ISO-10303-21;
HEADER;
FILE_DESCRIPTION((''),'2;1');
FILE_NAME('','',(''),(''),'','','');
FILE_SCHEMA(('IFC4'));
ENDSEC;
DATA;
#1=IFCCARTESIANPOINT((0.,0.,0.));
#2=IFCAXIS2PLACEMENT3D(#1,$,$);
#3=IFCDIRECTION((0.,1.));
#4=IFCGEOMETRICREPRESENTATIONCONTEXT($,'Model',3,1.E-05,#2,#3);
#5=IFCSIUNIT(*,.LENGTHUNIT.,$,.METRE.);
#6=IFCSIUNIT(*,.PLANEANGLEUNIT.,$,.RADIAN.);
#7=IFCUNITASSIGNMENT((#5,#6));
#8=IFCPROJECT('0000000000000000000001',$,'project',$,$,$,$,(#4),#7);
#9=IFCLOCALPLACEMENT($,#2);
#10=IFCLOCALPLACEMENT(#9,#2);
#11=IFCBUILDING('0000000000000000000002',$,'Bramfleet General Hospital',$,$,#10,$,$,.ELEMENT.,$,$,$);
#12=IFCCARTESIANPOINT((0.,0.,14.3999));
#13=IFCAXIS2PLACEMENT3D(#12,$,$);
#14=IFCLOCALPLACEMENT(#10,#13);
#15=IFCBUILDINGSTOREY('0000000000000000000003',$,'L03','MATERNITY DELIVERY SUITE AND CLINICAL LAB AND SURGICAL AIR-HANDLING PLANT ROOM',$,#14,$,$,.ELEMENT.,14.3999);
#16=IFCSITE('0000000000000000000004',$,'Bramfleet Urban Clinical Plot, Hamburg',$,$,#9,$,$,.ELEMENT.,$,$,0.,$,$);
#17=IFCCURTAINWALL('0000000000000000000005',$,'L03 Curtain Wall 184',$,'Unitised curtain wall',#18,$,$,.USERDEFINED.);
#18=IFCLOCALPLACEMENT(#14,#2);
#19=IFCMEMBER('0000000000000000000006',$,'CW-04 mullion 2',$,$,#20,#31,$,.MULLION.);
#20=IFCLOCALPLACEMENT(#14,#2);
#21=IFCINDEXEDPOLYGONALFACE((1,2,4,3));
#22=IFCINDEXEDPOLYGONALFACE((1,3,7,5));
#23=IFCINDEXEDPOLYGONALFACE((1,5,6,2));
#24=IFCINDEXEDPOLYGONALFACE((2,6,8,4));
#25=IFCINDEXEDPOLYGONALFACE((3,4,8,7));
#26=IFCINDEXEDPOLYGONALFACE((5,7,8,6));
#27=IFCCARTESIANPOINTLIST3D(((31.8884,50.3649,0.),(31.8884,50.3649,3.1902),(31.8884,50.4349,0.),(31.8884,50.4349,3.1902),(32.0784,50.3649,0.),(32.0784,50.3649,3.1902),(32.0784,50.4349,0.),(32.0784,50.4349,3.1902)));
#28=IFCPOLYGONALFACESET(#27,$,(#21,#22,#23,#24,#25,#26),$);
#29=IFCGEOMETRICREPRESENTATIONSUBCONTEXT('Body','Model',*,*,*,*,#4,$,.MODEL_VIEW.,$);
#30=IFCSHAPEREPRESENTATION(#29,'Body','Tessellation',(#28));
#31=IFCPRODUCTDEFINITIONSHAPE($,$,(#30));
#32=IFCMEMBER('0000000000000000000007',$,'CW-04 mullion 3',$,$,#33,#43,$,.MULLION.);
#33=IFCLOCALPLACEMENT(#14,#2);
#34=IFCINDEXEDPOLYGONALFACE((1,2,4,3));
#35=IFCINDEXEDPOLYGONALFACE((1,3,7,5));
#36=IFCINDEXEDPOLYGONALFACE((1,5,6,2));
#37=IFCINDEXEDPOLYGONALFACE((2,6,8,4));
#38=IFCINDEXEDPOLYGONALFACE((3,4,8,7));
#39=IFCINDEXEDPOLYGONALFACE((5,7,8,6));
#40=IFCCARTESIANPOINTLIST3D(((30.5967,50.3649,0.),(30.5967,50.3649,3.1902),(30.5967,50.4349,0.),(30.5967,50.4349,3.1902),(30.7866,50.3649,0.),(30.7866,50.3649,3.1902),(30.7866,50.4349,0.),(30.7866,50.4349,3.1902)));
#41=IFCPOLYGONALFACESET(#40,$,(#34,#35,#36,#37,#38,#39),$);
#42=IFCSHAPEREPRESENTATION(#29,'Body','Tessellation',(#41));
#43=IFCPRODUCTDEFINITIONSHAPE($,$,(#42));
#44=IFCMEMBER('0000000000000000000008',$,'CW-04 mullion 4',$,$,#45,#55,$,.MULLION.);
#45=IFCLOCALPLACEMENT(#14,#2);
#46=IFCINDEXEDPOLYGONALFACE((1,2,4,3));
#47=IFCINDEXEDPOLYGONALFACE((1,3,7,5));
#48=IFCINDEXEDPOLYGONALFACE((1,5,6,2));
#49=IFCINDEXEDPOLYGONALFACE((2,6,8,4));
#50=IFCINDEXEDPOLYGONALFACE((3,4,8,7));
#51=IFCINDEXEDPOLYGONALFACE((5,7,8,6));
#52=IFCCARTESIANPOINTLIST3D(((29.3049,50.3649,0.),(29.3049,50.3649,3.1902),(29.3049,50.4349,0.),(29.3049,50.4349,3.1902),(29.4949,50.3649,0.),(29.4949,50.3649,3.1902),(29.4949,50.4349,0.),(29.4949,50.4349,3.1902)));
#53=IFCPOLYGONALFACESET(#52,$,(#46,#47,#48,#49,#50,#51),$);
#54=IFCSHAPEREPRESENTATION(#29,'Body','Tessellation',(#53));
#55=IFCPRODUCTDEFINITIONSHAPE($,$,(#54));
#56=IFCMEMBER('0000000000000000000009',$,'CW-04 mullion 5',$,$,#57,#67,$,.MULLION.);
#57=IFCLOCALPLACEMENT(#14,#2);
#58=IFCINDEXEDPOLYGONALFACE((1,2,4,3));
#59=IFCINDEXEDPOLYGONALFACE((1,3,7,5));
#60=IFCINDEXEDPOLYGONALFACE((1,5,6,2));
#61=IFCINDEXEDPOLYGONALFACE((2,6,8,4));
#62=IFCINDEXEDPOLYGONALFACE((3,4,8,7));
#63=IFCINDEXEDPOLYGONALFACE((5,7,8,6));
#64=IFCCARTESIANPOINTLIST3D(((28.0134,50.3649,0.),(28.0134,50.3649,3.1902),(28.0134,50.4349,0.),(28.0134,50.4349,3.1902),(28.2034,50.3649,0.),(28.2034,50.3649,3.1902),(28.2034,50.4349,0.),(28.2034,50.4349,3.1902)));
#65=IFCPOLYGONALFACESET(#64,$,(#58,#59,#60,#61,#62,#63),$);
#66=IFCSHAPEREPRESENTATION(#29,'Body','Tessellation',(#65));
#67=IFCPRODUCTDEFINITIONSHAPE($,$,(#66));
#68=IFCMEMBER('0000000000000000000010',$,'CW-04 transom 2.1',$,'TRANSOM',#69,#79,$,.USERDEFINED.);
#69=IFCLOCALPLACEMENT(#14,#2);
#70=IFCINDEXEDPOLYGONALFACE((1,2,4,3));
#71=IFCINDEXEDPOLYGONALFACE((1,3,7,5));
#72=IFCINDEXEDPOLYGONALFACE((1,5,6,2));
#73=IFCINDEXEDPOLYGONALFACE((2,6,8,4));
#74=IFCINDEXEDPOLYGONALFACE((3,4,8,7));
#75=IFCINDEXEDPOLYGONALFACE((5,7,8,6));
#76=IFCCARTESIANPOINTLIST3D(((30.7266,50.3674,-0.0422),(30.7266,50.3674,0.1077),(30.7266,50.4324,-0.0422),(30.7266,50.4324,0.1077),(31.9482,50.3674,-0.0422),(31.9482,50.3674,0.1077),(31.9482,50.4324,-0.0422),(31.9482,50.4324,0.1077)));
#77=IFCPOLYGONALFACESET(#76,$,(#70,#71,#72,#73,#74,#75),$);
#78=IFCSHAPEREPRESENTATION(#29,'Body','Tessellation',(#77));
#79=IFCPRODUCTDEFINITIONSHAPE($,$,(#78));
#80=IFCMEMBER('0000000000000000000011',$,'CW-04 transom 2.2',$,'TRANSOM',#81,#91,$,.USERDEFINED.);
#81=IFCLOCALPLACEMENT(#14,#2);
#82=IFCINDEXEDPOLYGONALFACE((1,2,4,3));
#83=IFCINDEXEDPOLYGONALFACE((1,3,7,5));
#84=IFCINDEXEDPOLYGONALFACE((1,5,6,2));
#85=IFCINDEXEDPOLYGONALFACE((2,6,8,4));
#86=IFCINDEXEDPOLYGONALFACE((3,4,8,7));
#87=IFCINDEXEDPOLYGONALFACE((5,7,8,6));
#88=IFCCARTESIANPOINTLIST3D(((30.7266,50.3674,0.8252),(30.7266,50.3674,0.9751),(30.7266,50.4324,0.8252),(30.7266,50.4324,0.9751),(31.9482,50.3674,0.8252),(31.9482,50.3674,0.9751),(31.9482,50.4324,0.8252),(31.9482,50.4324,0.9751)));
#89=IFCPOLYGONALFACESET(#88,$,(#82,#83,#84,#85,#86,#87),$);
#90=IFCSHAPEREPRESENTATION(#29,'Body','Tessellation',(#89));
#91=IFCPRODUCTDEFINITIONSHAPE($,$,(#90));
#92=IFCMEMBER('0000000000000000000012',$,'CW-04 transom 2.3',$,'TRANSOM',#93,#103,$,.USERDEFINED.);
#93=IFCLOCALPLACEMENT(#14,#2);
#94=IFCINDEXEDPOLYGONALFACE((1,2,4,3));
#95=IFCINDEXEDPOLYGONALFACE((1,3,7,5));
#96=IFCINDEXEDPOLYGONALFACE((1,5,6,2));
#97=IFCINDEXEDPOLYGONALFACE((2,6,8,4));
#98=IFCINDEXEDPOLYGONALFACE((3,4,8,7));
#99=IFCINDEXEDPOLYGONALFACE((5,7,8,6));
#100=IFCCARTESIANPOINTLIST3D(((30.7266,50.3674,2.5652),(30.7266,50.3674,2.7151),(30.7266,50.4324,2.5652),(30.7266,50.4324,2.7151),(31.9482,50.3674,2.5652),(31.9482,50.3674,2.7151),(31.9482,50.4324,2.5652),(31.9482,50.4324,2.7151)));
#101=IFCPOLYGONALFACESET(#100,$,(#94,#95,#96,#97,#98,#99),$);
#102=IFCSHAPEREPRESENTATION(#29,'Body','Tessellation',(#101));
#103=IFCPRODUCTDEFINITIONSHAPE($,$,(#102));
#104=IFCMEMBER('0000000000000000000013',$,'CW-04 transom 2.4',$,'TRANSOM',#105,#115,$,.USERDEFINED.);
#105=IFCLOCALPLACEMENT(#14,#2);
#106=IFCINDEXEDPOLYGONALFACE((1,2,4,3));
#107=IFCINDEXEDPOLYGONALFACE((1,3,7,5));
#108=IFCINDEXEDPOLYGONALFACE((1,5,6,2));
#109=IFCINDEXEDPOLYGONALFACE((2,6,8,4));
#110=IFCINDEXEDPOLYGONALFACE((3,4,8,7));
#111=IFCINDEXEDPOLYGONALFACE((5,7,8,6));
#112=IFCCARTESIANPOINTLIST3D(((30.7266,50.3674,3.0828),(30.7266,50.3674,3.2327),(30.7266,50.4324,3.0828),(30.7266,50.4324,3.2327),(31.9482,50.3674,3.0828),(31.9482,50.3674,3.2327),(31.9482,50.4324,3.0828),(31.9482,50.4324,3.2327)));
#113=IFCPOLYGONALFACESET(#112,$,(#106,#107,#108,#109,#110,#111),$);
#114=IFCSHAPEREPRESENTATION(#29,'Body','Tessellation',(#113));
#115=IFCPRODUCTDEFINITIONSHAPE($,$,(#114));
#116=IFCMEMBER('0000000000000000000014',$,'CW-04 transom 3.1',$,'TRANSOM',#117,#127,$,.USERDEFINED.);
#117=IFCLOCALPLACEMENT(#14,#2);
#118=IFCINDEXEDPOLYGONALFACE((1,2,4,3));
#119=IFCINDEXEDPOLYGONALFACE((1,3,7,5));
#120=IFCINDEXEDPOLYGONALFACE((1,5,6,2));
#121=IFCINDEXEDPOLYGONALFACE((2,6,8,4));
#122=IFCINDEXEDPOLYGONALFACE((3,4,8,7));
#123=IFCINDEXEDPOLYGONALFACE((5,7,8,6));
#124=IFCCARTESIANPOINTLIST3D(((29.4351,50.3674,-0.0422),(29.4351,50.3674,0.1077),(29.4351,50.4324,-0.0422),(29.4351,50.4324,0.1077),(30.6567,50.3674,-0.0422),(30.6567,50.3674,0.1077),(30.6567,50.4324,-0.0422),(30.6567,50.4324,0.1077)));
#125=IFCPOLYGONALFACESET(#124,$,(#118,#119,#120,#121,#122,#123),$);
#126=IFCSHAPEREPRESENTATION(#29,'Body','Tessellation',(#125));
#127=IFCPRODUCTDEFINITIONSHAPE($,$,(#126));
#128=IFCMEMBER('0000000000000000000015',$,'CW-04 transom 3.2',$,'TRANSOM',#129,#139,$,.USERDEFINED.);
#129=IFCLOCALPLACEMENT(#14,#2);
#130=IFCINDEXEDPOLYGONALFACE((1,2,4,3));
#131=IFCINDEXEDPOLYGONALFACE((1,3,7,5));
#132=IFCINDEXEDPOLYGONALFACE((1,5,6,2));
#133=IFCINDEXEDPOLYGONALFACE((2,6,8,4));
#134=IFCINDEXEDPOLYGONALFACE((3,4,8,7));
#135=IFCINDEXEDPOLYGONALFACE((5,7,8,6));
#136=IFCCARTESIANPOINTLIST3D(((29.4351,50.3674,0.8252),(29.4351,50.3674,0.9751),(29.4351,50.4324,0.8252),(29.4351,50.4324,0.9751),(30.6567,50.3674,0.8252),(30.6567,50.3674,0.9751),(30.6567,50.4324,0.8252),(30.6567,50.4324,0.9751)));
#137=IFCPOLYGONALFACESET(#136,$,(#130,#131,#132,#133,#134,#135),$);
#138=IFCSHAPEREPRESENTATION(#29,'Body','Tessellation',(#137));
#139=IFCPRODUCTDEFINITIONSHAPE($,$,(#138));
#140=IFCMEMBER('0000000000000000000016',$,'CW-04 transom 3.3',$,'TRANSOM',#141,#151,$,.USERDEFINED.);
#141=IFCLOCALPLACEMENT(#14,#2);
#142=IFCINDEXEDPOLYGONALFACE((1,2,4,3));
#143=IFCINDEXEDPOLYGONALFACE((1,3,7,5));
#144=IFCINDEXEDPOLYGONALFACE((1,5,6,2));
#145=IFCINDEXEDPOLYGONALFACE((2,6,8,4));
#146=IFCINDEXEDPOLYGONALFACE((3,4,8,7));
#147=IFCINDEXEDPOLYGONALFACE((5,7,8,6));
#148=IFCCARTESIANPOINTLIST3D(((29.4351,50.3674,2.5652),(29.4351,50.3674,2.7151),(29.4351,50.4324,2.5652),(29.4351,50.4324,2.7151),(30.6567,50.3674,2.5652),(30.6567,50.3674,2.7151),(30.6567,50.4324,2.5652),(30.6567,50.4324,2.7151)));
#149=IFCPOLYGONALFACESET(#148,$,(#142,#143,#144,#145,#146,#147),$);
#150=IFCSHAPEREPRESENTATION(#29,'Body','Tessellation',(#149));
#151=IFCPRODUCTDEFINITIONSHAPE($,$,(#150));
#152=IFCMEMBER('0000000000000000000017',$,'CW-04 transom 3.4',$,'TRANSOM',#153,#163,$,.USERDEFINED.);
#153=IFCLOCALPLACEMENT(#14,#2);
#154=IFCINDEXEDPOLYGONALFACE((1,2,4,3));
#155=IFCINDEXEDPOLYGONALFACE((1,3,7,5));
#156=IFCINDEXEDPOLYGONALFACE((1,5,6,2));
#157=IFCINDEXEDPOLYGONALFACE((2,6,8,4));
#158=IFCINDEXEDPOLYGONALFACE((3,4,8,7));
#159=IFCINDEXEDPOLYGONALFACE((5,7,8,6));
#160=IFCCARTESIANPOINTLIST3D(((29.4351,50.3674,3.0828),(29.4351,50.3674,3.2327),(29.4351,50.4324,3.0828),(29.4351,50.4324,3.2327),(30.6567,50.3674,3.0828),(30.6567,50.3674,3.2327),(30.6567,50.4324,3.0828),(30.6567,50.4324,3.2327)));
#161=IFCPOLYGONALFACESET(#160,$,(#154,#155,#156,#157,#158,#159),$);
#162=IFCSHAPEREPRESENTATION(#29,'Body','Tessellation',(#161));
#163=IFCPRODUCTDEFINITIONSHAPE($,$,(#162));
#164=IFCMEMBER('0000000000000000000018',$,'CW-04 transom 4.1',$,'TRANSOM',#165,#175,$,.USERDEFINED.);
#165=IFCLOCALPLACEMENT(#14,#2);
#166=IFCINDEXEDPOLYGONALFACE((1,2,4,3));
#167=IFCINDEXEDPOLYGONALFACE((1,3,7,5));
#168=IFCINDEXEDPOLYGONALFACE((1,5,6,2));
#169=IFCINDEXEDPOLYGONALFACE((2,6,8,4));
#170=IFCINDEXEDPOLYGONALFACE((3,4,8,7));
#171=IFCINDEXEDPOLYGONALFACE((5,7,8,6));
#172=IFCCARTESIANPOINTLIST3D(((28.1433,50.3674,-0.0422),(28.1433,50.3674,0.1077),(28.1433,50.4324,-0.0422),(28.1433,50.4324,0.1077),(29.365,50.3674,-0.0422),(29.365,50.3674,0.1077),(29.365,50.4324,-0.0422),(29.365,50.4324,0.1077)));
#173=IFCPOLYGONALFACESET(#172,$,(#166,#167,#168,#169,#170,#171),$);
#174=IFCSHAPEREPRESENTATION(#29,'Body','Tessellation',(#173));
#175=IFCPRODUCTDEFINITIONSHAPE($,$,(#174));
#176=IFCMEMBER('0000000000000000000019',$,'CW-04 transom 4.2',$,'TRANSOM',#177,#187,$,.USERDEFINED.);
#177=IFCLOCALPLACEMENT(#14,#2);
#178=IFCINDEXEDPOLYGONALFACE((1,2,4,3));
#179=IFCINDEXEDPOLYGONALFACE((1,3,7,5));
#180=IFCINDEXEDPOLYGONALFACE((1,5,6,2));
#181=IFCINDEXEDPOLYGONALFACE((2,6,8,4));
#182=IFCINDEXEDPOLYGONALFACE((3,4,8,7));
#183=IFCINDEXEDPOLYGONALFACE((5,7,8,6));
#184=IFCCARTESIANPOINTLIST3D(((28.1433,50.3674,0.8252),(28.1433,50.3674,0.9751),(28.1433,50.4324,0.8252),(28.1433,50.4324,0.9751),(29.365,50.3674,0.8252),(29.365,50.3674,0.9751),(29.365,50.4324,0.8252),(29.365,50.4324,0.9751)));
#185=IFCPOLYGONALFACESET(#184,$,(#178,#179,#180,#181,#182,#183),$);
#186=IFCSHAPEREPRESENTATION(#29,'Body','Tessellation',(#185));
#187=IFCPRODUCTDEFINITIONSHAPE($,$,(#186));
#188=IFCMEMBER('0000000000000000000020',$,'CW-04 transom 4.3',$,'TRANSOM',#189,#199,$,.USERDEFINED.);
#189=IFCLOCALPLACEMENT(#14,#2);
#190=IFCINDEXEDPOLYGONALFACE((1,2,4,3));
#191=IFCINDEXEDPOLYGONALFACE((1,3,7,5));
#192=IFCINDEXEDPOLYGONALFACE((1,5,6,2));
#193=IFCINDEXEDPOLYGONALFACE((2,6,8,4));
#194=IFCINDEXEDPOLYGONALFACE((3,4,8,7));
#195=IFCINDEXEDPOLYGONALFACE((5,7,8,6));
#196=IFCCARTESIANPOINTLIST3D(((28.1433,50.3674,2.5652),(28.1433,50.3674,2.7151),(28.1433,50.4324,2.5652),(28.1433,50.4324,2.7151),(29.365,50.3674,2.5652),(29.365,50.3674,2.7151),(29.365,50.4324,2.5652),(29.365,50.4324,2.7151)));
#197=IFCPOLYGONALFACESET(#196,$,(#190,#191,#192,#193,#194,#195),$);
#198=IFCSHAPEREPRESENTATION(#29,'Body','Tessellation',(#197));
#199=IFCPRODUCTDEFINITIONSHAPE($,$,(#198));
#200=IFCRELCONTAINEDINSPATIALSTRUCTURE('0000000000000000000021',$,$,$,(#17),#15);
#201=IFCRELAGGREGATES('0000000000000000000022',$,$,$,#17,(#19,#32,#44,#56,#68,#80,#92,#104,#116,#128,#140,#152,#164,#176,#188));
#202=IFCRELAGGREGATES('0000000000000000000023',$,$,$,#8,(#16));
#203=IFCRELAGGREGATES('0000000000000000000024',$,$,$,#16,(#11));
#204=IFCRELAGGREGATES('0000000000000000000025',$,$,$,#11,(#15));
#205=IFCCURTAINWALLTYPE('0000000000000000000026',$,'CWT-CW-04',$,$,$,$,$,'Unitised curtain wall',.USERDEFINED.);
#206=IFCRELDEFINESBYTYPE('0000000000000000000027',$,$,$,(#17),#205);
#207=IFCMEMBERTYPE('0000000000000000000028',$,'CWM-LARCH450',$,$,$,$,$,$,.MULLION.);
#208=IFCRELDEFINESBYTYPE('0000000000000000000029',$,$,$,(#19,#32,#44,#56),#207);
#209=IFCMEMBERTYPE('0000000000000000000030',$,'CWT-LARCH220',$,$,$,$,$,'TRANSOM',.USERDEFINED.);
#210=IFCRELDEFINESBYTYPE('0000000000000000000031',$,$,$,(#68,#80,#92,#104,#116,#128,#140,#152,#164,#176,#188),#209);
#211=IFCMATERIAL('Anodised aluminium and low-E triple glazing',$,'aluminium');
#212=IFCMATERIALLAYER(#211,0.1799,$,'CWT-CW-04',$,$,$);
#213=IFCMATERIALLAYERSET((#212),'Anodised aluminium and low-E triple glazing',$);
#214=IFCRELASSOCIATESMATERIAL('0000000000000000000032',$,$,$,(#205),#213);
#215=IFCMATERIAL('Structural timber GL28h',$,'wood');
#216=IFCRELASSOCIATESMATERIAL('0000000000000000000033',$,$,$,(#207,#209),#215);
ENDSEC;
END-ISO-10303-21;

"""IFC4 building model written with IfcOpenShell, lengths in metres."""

from ifc_helpers import new_model, si_unit, direction, frame, origin, origin_2d, place, context, subcontext, project, spatial, rectangle, extrude, material, layer, layer_set, material_profile, profile_set, type_object, element, aggregate, save


model = new_model("IFC4")

# Units and contexts
model_context = context("Model", 3, precision=1e-05, world=origin(), true_north=direction((0.0, 1.0)))
body_context = subcontext(model_context, "Body", "Model", "MODEL_VIEW")
ifc_project = project(units=[si_unit("LENGTHUNIT", "METRE"), si_unit("PLANEANGLEUNIT", "RADIAN")], contexts=[model_context])

# Site, building, storey
site_placement = place(None, origin())
site = spatial("IfcSite", under=ifc_project, at=site_placement, Name="Bramfleet Urban Clinical Plot, Hamburg", CompositionType="ELEMENT", RefElevation=0.0)
building_placement = place(site_placement, origin())
building = spatial("IfcBuilding", under=site, at=building_placement, Name="Bramfleet General Hospital", CompositionType="ELEMENT")
storey_placement = place(building_placement, frame((0.0, 0.0, 14.3999)))
storey = spatial("IfcBuildingStorey", under=building, at=storey_placement, Name="L03", Description="MATERNITY DELIVERY SUITE AND CLINICAL LAB AND SURGICAL AIR-HANDLING PLANT ROOM", CompositionType="ELEMENT", Elevation=14.3999)

# Curtain wall, members
ifc_material_1 = material(Name="Anodised aluminium and low-E triple glazing", Category="aluminium")
ifc_layer_1 = layer(ifc_material_1, 0.1799, Name="CWT-CW-04")
ifc_layer_set_1 = layer_set([ifc_layer_1], Name="Anodised aluminium and low-E triple glazing")
curtain_wall_type = type_object("IfcCurtainWallType", Name="CWT-CW-04", ElementType="Unitised curtain wall", PredefinedType="USERDEFINED", material=ifc_layer_set_1)
curtain_wall_placement = place(storey_placement, origin())
curtain_wall = element("IfcCurtainWall", 1, at=curtain_wall_placement, inside=storey, type_object=curtain_wall_type, Name="L03 Curtain Wall 184", ObjectType="Unitised curtain wall", PredefinedType="USERDEFINED")
ifc_material_2 = material(Name="Structural timber GL28h", Category="wood")
ifc_material_profile_1 = material_profile(ifc_material_2, rectangle(XDim=0.0701, YDim=0.1899, at=origin_2d()), Name="LARCH 190x70")
ifc_profile_set_1 = profile_set([ifc_material_profile_1], Name="Structural timber GL28h")
member_type_1 = type_object("IfcMemberType", Name="CWM-LARCH450", PredefinedType="MULLION", material=ifc_profile_set_1)
member_1_placement = place(storey_placement, frame((31.9834, 50.3999, 0.0), z_axis=(0.0, 0.0, 1.0), x_axis=(0.0, -1.0, 0.0)))
member_1 = element("IfcMember", 2, at=member_1_placement, type_object=member_type_1, Name="CW-04 mullion 2", PredefinedType="MULLION", context=body_context, shape_type="SweptSolid", body=[
    extrude(rectangle(XDim=0.0701, YDim=0.1899, at=origin_2d()), origin(), (0.0, 0.0, 1.0), 3.1902),
])
member_2_placement = place(storey_placement, frame((30.6917, 50.3999, 0.0), z_axis=(0.0, 0.0, 1.0), x_axis=(0.0, -1.0, 0.0)))
member_2 = element("IfcMember", 3, at=member_2_placement, type_object=member_type_1, Name="CW-04 mullion 3", PredefinedType="MULLION", context=body_context, shape_type="SweptSolid", body=[
    extrude(rectangle(XDim=0.0701, YDim=0.1899, at=origin_2d()), origin(), (0.0, 0.0, 1.0), 3.1902),
])
member_3_placement = place(storey_placement, frame((29.3999, 50.3999, 0.0), z_axis=(0.0, 0.0, 1.0), x_axis=(0.0, -1.0, 0.0)))
member_3 = element("IfcMember", 4, at=member_3_placement, type_object=member_type_1, Name="CW-04 mullion 4", PredefinedType="MULLION", context=body_context, shape_type="SweptSolid", body=[
    extrude(rectangle(XDim=0.0701, YDim=0.1899, at=origin_2d()), origin(), (0.0, 0.0, 1.0), 3.1902),
])
member_4_placement = place(storey_placement, frame((28.1084, 50.3999, 0.0), z_axis=(0.0, 0.0, 1.0), x_axis=(0.0, -1.0, 0.0)))
member_4 = element("IfcMember", 5, at=member_4_placement, type_object=member_type_1, Name="CW-04 mullion 5", PredefinedType="MULLION", context=body_context, shape_type="SweptSolid", body=[
    extrude(rectangle(XDim=0.0701, YDim=0.1899, at=origin_2d()), origin(), (0.0, 0.0, 1.0), 3.1902),
])
ifc_material_profile_2 = material_profile(ifc_material_2, rectangle(XDim=0.0649, YDim=0.1499, at=origin_2d()), Name="LARCH 150x65")
ifc_profile_set_2 = profile_set([ifc_material_profile_2], Name="Structural timber GL28h")
member_type_2 = type_object("IfcMemberType", Name="CWT-LARCH220", ElementType="TRANSOM", PredefinedType="USERDEFINED", material=ifc_profile_set_2)
member_5_placement = place(storey_placement, frame((31.9482, 50.3999, 0.0327), z_axis=(-1.0, 0.0, 0.0), x_axis=(0.0, -1.0, 0.0)))
member_5 = element("IfcMember", 6, at=member_5_placement, type_object=member_type_2, Name="CW-04 transom 2.1", ObjectType="TRANSOM", PredefinedType="USERDEFINED", context=body_context, shape_type="SweptSolid", body=[
    extrude(rectangle(XDim=0.0649, YDim=0.1499, at=origin_2d()), origin(), (0.0, 0.0, 1.0), 1.2217),
])
member_6_placement = place(storey_placement, frame((31.9482, 50.3999, 0.9001), z_axis=(-1.0, 0.0, 0.0), x_axis=(0.0, -1.0, 0.0)))
member_6 = element("IfcMember", 7, at=member_6_placement, type_object=member_type_2, Name="CW-04 transom 2.2", ObjectType="TRANSOM", PredefinedType="USERDEFINED", context=body_context, shape_type="SweptSolid", body=[
    extrude(rectangle(XDim=0.0649, YDim=0.1499, at=origin_2d()), origin(), (0.0, 0.0, 1.0), 1.2217),
])
member_7_placement = place(storey_placement, frame((31.9482, 50.3999, 2.6401), z_axis=(-1.0, 0.0, 0.0), x_axis=(0.0, -1.0, 0.0)))
member_7 = element("IfcMember", 8, at=member_7_placement, type_object=member_type_2, Name="CW-04 transom 2.3", ObjectType="TRANSOM", PredefinedType="USERDEFINED", context=body_context, shape_type="SweptSolid", body=[
    extrude(rectangle(XDim=0.0649, YDim=0.1499, at=origin_2d()), origin(), (0.0, 0.0, 1.0), 1.2217),
])
member_8_placement = place(storey_placement, frame((31.9482, 50.3999, 3.1577), z_axis=(-1.0, 0.0, 0.0), x_axis=(0.0, -1.0, 0.0)))
member_8 = element("IfcMember", 9, at=member_8_placement, type_object=member_type_2, Name="CW-04 transom 2.4", ObjectType="TRANSOM", PredefinedType="USERDEFINED", context=body_context, shape_type="SweptSolid", body=[
    extrude(rectangle(XDim=0.0649, YDim=0.1499, at=origin_2d()), origin(), (0.0, 0.0, 1.0), 1.2217),
])
member_9_placement = place(storey_placement, frame((30.6567, 50.3999, 0.0327), z_axis=(-1.0, 0.0, 0.0), x_axis=(0.0, -1.0, 0.0)))
member_9 = element("IfcMember", 10, at=member_9_placement, type_object=member_type_2, Name="CW-04 transom 3.1", ObjectType="TRANSOM", PredefinedType="USERDEFINED", context=body_context, shape_type="SweptSolid", body=[
    extrude(rectangle(XDim=0.0649, YDim=0.1499, at=origin_2d()), origin(), (0.0, 0.0, 1.0), 1.2217),
])
member_10_placement = place(storey_placement, frame((30.6567, 50.3999, 0.9001), z_axis=(-1.0, 0.0, 0.0), x_axis=(0.0, -1.0, 0.0)))
member_10 = element("IfcMember", 11, at=member_10_placement, type_object=member_type_2, Name="CW-04 transom 3.2", ObjectType="TRANSOM", PredefinedType="USERDEFINED", context=body_context, shape_type="SweptSolid", body=[
    extrude(rectangle(XDim=0.0649, YDim=0.1499, at=origin_2d()), origin(), (0.0, 0.0, 1.0), 1.2217),
])
member_11_placement = place(storey_placement, frame((30.6567, 50.3999, 2.6401), z_axis=(-1.0, 0.0, 0.0), x_axis=(0.0, -1.0, 0.0)))
member_11 = element("IfcMember", 12, at=member_11_placement, type_object=member_type_2, Name="CW-04 transom 3.3", ObjectType="TRANSOM", PredefinedType="USERDEFINED", context=body_context, shape_type="SweptSolid", body=[
    extrude(rectangle(XDim=0.0649, YDim=0.1499, at=origin_2d()), origin(), (0.0, 0.0, 1.0), 1.2217),
])
member_12_placement = place(storey_placement, frame((30.6567, 50.3999, 3.1577), z_axis=(-1.0, 0.0, 0.0), x_axis=(0.0, -1.0, 0.0)))
member_12 = element("IfcMember", 13, at=member_12_placement, type_object=member_type_2, Name="CW-04 transom 3.4", ObjectType="TRANSOM", PredefinedType="USERDEFINED", context=body_context, shape_type="SweptSolid", body=[
    extrude(rectangle(XDim=0.0649, YDim=0.1499, at=origin_2d()), origin(), (0.0, 0.0, 1.0), 1.2217),
])
member_13_placement = place(storey_placement, frame((29.365, 50.3999, 0.0327), z_axis=(-1.0, 0.0, 0.0), x_axis=(0.0, -1.0, 0.0)))
member_13 = element("IfcMember", 14, at=member_13_placement, type_object=member_type_2, Name="CW-04 transom 4.1", ObjectType="TRANSOM", PredefinedType="USERDEFINED", context=body_context, shape_type="SweptSolid", body=[
    extrude(rectangle(XDim=0.0649, YDim=0.1499, at=origin_2d()), origin(), (0.0, 0.0, 1.0), 1.2217),
])
member_14_placement = place(storey_placement, frame((29.365, 50.3999, 0.9001), z_axis=(-1.0, 0.0, 0.0), x_axis=(0.0, -1.0, 0.0)))
member_14 = element("IfcMember", 15, at=member_14_placement, type_object=member_type_2, Name="CW-04 transom 4.2", ObjectType="TRANSOM", PredefinedType="USERDEFINED", context=body_context, shape_type="SweptSolid", body=[
    extrude(rectangle(XDim=0.0649, YDim=0.1499, at=origin_2d()), origin(), (0.0, 0.0, 1.0), 1.2217),
])
member_15_placement = place(storey_placement, frame((29.365, 50.3999, 2.6401), z_axis=(-1.0, 0.0, 0.0), x_axis=(0.0, -1.0, 0.0)))
member_15 = element("IfcMember", 16, at=member_15_placement, type_object=member_type_2, Name="CW-04 transom 4.3", ObjectType="TRANSOM", PredefinedType="USERDEFINED", context=body_context, shape_type="SweptSolid", body=[
    extrude(rectangle(XDim=0.0649, YDim=0.1499, at=origin_2d()), origin(), (0.0, 0.0, 1.0), 1.2217),
])
aggregate(curtain_wall, [member_1, member_2, member_3, member_4, member_5, member_6, member_7, member_8, member_9, member_10, member_11, member_12, member_13, member_14, member_15])

save(model, "model.ifc")
